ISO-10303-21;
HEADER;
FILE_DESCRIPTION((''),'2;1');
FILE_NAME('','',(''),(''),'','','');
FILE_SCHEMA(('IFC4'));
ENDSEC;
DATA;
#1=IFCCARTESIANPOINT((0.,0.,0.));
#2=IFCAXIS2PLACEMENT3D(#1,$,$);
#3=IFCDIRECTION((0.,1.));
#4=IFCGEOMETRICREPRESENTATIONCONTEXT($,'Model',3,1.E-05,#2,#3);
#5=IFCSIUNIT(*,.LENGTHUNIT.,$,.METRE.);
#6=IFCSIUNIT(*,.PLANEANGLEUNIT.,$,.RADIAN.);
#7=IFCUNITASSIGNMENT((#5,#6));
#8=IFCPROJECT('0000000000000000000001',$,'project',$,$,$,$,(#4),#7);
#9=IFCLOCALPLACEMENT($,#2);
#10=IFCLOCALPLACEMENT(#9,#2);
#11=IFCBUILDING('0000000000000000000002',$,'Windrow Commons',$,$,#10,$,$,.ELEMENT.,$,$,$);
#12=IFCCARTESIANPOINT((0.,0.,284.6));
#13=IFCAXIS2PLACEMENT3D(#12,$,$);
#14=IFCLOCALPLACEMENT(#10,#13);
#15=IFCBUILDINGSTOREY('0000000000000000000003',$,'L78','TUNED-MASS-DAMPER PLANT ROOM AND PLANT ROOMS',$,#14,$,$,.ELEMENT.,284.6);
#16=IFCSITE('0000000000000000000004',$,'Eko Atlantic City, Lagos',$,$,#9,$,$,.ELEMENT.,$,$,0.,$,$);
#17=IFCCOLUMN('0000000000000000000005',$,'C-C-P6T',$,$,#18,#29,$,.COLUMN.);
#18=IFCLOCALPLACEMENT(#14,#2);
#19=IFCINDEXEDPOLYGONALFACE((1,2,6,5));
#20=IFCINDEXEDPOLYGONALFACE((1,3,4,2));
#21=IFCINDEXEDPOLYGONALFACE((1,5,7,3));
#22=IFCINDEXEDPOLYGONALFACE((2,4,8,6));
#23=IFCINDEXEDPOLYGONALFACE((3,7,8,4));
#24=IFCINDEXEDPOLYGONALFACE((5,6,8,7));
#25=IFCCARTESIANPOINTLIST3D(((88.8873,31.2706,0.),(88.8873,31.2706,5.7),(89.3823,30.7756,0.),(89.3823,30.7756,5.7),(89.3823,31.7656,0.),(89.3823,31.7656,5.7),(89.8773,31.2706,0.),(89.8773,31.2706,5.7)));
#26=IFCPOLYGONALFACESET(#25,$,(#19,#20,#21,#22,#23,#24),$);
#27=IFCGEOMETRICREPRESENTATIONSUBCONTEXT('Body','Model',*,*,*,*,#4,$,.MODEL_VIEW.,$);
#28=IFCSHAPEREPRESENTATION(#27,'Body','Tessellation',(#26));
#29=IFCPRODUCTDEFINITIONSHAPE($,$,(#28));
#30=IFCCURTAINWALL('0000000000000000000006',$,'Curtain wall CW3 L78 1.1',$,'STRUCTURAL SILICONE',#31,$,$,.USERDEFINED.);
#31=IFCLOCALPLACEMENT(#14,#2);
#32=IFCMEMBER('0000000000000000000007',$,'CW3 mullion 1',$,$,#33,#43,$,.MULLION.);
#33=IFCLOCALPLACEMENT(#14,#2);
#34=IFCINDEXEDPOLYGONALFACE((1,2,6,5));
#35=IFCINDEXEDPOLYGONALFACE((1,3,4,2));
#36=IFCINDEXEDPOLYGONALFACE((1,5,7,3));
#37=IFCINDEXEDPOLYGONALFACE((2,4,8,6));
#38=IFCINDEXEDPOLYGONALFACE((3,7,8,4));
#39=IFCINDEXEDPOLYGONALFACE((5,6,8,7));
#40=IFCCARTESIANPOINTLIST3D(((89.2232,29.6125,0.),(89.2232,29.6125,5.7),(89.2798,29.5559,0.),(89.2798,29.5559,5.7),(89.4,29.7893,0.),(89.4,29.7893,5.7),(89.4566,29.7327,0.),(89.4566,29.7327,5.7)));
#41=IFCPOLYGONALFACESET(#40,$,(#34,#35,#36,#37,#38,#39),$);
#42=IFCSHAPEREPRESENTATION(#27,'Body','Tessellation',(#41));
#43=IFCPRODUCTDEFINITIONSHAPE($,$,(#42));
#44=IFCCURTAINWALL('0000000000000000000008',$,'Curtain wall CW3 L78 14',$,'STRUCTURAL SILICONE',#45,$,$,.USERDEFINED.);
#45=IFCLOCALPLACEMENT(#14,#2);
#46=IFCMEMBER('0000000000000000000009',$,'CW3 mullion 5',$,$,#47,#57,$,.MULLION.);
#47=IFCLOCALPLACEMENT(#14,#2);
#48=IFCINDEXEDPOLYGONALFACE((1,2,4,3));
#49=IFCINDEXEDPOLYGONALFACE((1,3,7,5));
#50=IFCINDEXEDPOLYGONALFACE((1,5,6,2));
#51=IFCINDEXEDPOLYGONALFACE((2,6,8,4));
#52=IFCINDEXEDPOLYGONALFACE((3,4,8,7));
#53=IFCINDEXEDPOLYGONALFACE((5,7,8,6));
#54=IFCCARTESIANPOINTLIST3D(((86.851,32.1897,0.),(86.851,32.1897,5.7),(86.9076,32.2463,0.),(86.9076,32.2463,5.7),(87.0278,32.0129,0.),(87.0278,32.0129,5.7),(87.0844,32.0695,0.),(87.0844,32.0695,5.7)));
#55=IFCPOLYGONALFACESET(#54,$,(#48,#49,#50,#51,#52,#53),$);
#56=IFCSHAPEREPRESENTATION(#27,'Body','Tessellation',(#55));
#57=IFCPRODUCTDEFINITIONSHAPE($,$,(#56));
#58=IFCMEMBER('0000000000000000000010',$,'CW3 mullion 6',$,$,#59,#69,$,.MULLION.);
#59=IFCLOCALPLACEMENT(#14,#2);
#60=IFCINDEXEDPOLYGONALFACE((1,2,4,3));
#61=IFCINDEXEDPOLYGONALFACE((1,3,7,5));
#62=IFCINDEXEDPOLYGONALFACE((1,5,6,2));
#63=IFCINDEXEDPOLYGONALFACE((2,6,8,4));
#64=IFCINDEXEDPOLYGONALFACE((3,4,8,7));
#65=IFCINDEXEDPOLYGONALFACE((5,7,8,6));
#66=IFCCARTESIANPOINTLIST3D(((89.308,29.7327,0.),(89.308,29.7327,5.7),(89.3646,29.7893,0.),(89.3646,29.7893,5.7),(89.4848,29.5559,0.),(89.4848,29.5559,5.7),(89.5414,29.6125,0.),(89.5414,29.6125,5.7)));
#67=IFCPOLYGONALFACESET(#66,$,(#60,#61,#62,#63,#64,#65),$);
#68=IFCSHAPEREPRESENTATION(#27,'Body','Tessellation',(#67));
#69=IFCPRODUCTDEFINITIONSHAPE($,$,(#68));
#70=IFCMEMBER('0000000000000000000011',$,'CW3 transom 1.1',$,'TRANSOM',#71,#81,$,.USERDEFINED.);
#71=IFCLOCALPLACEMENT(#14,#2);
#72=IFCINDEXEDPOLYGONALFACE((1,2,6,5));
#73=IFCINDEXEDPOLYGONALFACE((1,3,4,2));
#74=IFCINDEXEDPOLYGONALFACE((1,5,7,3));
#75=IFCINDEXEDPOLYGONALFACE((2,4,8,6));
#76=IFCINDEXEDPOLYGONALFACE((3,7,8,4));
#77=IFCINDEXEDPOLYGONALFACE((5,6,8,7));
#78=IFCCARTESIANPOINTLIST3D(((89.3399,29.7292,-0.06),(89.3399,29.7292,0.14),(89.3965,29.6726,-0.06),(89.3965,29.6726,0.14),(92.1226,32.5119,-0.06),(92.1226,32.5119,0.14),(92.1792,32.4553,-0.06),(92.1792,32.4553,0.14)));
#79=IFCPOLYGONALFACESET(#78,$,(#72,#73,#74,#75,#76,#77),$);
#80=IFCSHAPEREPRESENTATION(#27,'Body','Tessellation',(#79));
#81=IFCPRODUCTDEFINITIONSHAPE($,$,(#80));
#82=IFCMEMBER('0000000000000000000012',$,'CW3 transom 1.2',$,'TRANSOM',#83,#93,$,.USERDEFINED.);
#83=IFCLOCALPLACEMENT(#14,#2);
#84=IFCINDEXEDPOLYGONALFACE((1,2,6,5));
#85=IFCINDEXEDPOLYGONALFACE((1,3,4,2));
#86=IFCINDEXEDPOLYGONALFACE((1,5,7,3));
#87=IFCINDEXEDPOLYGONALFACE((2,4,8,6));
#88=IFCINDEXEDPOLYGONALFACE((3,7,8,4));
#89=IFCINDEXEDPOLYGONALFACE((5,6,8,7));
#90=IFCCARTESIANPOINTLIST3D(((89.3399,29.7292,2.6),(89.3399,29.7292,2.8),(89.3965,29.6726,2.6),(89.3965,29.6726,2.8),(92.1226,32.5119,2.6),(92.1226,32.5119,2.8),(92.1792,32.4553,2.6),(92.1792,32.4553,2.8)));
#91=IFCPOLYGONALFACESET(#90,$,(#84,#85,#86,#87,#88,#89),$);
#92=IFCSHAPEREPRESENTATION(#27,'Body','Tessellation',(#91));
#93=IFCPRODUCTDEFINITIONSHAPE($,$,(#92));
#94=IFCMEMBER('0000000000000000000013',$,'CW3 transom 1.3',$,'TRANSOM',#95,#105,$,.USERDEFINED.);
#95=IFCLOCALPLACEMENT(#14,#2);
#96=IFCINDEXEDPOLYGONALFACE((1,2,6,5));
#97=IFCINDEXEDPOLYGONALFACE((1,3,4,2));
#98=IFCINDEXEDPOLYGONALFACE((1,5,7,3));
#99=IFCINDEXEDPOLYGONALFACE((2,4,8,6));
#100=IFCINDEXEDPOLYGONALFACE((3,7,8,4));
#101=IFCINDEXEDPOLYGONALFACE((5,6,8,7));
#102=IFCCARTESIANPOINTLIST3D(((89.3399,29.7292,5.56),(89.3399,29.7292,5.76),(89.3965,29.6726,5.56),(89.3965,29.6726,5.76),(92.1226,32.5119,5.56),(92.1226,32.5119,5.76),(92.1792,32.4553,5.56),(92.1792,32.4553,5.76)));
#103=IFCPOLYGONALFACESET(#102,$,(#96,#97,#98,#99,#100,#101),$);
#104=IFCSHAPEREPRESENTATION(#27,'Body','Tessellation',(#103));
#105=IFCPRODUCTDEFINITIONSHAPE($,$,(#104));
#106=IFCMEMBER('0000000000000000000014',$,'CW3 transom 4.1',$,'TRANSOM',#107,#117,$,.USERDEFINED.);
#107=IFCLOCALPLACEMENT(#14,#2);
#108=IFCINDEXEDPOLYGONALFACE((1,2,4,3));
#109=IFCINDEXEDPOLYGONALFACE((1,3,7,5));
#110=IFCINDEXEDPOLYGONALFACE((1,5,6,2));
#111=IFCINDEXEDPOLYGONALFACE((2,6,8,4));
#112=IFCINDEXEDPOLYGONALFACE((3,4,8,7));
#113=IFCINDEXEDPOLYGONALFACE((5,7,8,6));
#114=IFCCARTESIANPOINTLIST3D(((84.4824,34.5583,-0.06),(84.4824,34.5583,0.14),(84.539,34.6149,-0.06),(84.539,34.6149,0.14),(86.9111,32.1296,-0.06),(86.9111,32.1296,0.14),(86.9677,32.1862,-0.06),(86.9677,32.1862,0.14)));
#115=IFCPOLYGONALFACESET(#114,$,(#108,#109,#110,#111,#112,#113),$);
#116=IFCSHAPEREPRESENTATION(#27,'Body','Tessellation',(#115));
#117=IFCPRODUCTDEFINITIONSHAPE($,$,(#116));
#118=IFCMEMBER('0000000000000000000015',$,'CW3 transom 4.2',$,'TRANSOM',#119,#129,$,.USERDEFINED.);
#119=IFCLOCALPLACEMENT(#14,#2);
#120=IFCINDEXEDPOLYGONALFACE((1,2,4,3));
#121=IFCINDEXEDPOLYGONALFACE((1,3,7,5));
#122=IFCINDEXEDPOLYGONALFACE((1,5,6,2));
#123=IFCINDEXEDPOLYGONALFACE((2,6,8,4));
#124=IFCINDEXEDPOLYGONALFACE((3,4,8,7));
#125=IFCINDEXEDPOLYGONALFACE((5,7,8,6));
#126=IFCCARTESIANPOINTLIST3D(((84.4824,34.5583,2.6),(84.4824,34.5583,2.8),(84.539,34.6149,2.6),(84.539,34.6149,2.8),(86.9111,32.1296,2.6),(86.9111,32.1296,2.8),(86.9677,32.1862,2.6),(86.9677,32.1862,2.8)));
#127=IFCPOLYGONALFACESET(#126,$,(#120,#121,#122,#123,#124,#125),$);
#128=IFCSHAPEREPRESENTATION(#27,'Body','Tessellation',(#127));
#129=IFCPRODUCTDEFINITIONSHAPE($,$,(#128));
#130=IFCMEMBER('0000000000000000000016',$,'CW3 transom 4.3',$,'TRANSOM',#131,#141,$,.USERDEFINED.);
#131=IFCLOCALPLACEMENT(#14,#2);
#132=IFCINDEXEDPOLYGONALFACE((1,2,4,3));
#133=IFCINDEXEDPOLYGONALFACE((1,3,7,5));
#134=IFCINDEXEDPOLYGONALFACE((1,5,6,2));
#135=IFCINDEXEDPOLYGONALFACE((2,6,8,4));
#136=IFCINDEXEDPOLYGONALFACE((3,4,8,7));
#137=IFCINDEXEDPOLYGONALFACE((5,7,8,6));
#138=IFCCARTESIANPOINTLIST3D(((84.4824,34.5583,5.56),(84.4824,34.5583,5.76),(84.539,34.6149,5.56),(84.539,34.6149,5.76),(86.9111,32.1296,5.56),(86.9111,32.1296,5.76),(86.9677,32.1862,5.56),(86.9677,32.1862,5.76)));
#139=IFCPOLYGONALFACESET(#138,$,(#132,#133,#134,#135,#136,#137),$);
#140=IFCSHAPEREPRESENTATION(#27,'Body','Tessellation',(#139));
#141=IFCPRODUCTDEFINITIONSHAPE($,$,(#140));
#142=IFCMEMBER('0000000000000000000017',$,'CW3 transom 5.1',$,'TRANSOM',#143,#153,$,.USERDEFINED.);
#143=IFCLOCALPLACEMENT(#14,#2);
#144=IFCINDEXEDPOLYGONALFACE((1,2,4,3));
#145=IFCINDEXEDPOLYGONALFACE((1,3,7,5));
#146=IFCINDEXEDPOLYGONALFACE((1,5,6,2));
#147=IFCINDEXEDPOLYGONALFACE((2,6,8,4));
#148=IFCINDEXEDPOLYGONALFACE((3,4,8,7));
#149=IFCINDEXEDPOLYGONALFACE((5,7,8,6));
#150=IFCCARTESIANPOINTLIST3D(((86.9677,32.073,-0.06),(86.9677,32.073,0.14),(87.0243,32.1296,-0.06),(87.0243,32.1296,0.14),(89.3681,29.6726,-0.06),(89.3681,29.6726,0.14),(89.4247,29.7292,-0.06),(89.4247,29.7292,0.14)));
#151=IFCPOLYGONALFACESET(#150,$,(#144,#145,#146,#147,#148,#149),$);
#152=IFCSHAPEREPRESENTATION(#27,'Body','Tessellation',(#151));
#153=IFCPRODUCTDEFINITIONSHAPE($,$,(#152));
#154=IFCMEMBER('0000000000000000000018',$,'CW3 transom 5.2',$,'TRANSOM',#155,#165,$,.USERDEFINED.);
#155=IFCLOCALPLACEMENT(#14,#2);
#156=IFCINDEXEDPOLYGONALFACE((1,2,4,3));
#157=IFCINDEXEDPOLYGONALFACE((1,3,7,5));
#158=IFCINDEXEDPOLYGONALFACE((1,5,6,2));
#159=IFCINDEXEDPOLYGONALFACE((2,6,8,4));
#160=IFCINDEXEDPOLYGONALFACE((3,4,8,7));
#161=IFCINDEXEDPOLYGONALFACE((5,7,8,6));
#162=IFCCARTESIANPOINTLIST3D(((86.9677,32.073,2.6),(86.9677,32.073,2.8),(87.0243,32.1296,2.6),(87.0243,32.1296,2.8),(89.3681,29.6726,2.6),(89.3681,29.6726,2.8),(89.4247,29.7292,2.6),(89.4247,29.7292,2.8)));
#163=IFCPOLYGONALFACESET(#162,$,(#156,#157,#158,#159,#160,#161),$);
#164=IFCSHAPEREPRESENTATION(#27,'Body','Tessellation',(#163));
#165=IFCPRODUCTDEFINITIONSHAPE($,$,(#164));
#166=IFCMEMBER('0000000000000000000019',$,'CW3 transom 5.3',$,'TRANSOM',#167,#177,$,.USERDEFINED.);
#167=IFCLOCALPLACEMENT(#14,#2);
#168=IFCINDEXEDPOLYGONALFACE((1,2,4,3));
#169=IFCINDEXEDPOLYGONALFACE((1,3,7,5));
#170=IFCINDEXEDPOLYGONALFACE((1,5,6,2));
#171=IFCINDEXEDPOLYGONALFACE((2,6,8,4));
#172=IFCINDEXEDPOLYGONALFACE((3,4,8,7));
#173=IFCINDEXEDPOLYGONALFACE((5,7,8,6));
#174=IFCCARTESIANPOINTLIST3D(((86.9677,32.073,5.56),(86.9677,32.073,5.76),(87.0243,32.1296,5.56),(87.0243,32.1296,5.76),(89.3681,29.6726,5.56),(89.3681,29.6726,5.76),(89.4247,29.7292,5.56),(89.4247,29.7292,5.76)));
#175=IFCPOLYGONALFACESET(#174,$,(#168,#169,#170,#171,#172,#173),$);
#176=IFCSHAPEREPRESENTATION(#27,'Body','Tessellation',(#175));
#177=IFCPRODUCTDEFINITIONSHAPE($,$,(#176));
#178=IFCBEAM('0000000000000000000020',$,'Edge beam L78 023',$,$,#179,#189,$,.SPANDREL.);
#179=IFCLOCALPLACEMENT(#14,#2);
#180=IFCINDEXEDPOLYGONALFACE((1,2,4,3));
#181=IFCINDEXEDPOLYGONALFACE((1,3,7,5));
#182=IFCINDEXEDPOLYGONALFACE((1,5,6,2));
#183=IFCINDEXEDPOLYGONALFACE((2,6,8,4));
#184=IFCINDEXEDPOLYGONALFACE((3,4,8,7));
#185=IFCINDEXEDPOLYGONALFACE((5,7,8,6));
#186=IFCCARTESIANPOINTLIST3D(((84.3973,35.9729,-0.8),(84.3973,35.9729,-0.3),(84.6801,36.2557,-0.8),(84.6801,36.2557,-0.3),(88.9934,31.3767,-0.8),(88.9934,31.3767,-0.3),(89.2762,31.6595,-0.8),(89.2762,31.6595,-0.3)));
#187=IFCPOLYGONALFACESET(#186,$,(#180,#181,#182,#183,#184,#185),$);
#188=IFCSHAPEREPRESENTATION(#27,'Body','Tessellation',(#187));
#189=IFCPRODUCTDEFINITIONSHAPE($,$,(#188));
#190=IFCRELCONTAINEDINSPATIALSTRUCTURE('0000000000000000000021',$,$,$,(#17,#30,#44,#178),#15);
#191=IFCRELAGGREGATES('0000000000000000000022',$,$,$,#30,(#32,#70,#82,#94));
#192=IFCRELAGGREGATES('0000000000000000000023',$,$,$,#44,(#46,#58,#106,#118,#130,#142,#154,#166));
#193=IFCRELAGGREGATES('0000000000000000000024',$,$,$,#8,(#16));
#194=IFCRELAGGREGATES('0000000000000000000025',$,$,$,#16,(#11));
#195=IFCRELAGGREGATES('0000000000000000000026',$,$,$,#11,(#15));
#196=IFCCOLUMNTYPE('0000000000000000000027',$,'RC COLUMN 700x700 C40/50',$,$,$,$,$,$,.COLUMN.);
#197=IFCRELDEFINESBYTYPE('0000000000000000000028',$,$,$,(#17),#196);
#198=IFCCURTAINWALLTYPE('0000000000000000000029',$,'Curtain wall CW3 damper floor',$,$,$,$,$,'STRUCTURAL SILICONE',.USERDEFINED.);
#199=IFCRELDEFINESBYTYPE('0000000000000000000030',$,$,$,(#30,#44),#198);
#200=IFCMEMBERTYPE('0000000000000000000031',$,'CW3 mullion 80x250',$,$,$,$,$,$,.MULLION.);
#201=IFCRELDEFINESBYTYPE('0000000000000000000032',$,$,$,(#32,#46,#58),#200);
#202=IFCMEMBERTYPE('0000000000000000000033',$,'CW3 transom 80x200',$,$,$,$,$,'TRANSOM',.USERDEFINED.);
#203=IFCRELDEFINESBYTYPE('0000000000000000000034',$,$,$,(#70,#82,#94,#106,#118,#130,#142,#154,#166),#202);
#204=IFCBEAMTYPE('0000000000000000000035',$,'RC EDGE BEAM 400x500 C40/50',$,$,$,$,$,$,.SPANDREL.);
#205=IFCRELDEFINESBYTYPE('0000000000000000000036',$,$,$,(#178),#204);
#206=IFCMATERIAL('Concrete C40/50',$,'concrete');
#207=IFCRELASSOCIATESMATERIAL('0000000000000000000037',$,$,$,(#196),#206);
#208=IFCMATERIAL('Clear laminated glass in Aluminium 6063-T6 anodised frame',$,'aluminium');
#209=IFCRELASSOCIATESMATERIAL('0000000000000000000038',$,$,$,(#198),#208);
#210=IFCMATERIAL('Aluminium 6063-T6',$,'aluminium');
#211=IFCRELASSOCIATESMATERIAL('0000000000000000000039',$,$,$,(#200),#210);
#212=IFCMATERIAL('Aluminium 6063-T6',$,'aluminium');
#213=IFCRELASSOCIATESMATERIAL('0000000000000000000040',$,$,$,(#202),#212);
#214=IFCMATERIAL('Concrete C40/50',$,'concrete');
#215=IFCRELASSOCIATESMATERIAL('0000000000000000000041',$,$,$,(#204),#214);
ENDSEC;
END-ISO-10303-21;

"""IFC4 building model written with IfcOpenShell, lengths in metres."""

from ifc_helpers import new_model, si_unit, direction, frame, origin, origin_2d, place, context, subcontext, project, spatial, rectangle, extrude, material, material_profile, profile_set, type_object, element, aggregate, save


model = new_model("IFC4")

# Units and contexts
model_context = context("Model", 3, precision=1e-05, world=origin(), true_north=direction((0.0, 1.0)))
body_context = subcontext(model_context, "Body", "Model", "MODEL_VIEW")
ifc_project = project(units=[si_unit("LENGTHUNIT", "METRE"), si_unit("PLANEANGLEUNIT", "RADIAN")], contexts=[model_context])

# Site, building, storey
site_placement = place(None, origin())
site = spatial("IfcSite", under=ifc_project, at=site_placement, Name="Eko Atlantic City, Lagos", CompositionType="ELEMENT", RefElevation=0.0)
building_placement = place(site_placement, origin())
building = spatial("IfcBuilding", under=site, at=building_placement, Name="Windrow Commons", CompositionType="ELEMENT")
storey_placement = place(building_placement, frame((0.0, 0.0, 284.6)))
storey = spatial("IfcBuildingStorey", under=building, at=storey_placement, Name="L78", Description="TUNED-MASS-DAMPER PLANT ROOM AND PLANT ROOMS", CompositionType="ELEMENT", Elevation=284.6)

# Column
ifc_material_1 = material(Name="Concrete C40/50", Category="concrete")
ifc_material_profile_1 = material_profile(ifc_material_1, rectangle(XDim=0.7, YDim=0.7, at=origin_2d()))
ifc_profile_set_1 = profile_set([ifc_material_profile_1], Name="Concrete C40/50")
column_type = type_object("IfcColumnType", Name="RC COLUMN 700x700 C40/50", PredefinedType="COLUMN", material=ifc_profile_set_1)
column_placement = place(storey_placement, frame((89.3823, 31.2706, 0.0), z_axis=(0.0, 0.0, 1.0), x_axis=(0.707107, -0.707107, 0.0)))
element("IfcColumn", 1, at=column_placement, inside=storey, type_object=column_type, Name="C-C-P6T", PredefinedType="COLUMN", context=body_context, shape_type="SweptSolid", body=[
    extrude(rectangle(XDim=0.7, YDim=0.7, at=origin_2d()), origin(), (0.0, 0.0, 1.0), 5.7),
])

# Curtain wall, member
ifc_material_2 = material(Name="Clear laminated glass in Aluminium 6063-T6 anodised frame", Category="aluminium")
curtain_wall_type = type_object("IfcCurtainWallType", Name="Curtain wall CW3 damper floor", ElementType="STRUCTURAL SILICONE", PredefinedType="USERDEFINED", material=ifc_material_2)
placement = place(storey_placement, origin())
curtain_wall_1 = element("IfcCurtainWall", 2, at=placement, inside=storey, type_object=curtain_wall_type, Name="Curtain wall CW3 L78 1.1", ObjectType="STRUCTURAL SILICONE", PredefinedType="USERDEFINED")
ifc_material_3 = material(Name="Aluminium 6063-T6", Category="aluminium")
ifc_material_profile_2 = material_profile(ifc_material_3, rectangle(XDim=0.08, YDim=0.25, at=origin_2d()))
ifc_profile_set_2 = profile_set([ifc_material_profile_2], Name="Aluminium 6063-T6")
member_type_1 = type_object("IfcMemberType", Name="CW3 mullion 80x250", PredefinedType="MULLION", material=ifc_profile_set_2)
member_1_placement = place(storey_placement, frame((89.3399, 29.6726, 0.0), z_axis=(0.0, 0.0, 1.0), x_axis=(-0.707104, 0.707109, 0.0)))
member_1 = element("IfcMember", 3, at=member_1_placement, type_object=member_type_1, Name="CW3 mullion 1", PredefinedType="MULLION", context=body_context, shape_type="SweptSolid", body=[
    extrude(rectangle(XDim=0.08, YDim=0.25, at=origin_2d()), origin(), (0.0, 0.0, 1.0), 5.7),
])

# Curtain wall, members
curtain_wall_2 = element("IfcCurtainWall", 4, at=placement, inside=storey, type_object=curtain_wall_type, Name="Curtain wall CW3 L78 14", ObjectType="STRUCTURAL SILICONE", PredefinedType="USERDEFINED")
member_2_placement = place(storey_placement, frame((86.9677, 32.1296, 0.0), z_axis=(0.0, 0.0, 1.0), x_axis=(0.707107, 0.707107, 0.0)))
member_2 = element("IfcMember", 5, at=member_2_placement, type_object=member_type_1, Name="CW3 mullion 5", PredefinedType="MULLION", context=body_context, shape_type="SweptSolid", body=[
    extrude(rectangle(XDim=0.08, YDim=0.25, at=origin_2d()), origin(), (0.0, 0.0, 1.0), 5.7),
])
member_3_placement = place(storey_placement, frame((89.4247, 29.6726, 0.0), z_axis=(0.0, 0.0, 1.0), x_axis=(0.707107, 0.707107, 0.0)))
member_3 = element("IfcMember", 6, at=member_3_placement, type_object=member_type_1, Name="CW3 mullion 6", PredefinedType="MULLION", context=body_context, shape_type="SweptSolid", body=[
    extrude(rectangle(XDim=0.08, YDim=0.25, at=origin_2d()), origin(), (0.0, 0.0, 1.0), 5.7),
])

# Members
ifc_material_4 = material(Name="Aluminium 6063-T6", Category="aluminium")
ifc_material_profile_3 = material_profile(ifc_material_4, rectangle(XDim=0.08, YDim=0.2, at=origin_2d()))
ifc_profile_set_3 = profile_set([ifc_material_profile_3], Name="Aluminium 6063-T6")
member_type_2 = type_object("IfcMemberType", Name="CW3 transom 80x200", ElementType="TRANSOM", PredefinedType="USERDEFINED", material=ifc_profile_set_3)
member_4_placement = place(storey_placement, frame((89.3682, 29.7009, 0.04), z_axis=(0.707107, 0.707107, 0.0), x_axis=(-0.707107, 0.707107, 0.0)))
member_4 = element("IfcMember", 7, at=member_4_placement, type_object=member_type_2, Name="CW3 transom 1.1", ObjectType="TRANSOM", PredefinedType="USERDEFINED", context=body_context, shape_type="SweptSolid", body=[
    extrude(rectangle(XDim=0.08, YDim=0.2, at=origin_2d()), origin(), (0.0, 0.0, 1.0), 3.9353),
])
member_5_placement = place(storey_placement, frame((89.3682, 29.7009, 2.7), z_axis=(0.707107, 0.707107, 0.0), x_axis=(-0.707107, 0.707107, 0.0)))
member_5 = element("IfcMember", 8, at=member_5_placement, type_object=member_type_2, Name="CW3 transom 1.2", ObjectType="TRANSOM", PredefinedType="USERDEFINED", context=body_context, shape_type="SweptSolid", body=[
    extrude(rectangle(XDim=0.08, YDim=0.2, at=origin_2d()), origin(), (0.0, 0.0, 1.0), 3.9353),
])
member_6_placement = place(storey_placement, frame((89.3682, 29.7009, 5.66), z_axis=(0.707107, 0.707107, 0.0), x_axis=(-0.707107, 0.707107, 0.0)))
member_6 = element("IfcMember", 9, at=member_6_placement, type_object=member_type_2, Name="CW3 transom 1.3", ObjectType="TRANSOM", PredefinedType="USERDEFINED", context=body_context, shape_type="SweptSolid", body=[
    extrude(rectangle(XDim=0.08, YDim=0.2, at=origin_2d()), origin(), (0.0, 0.0, 1.0), 3.9353),
])
aggregate(curtain_wall_1, [member_1, member_4, member_5, member_6])
member_7_placement = place(storey_placement, frame((84.5107, 34.5866, 0.04), z_axis=(0.707107, -0.707107, 0.0), x_axis=(0.707107, 0.707107, 0.0)))
member_7 = element("IfcMember", 10, at=member_7_placement, type_object=member_type_2, Name="CW3 transom 4.1", ObjectType="TRANSOM", PredefinedType="USERDEFINED", context=body_context, shape_type="SweptSolid", body=[
    extrude(rectangle(XDim=0.08, YDim=0.2, at=origin_2d()), origin(), (0.0, 0.0, 1.0), 3.4347),
])
member_8_placement = place(storey_placement, frame((84.5107, 34.5866, 2.7), z_axis=(0.707107, -0.707107, 0.0), x_axis=(0.707107, 0.707107, 0.0)))
member_8 = element("IfcMember", 11, at=member_8_placement, type_object=member_type_2, Name="CW3 transom 4.2", ObjectType="TRANSOM", PredefinedType="USERDEFINED", context=body_context, shape_type="SweptSolid", body=[
    extrude(rectangle(XDim=0.08, YDim=0.2, at=origin_2d()), origin(), (0.0, 0.0, 1.0), 3.4347),
])
member_9_placement = place(storey_placement, frame((84.5107, 34.5866, 5.66), z_axis=(0.707107, -0.707107, 0.0), x_axis=(0.707107, 0.707107, 0.0)))
member_9 = element("IfcMember", 12, at=member_9_placement, type_object=member_type_2, Name="CW3 transom 4.3", ObjectType="TRANSOM", PredefinedType="USERDEFINED", context=body_context, shape_type="SweptSolid", body=[
    extrude(rectangle(XDim=0.08, YDim=0.2, at=origin_2d()), origin(), (0.0, 0.0, 1.0), 3.4347),
])
member_10_placement = place(storey_placement, frame((86.996, 32.1013, 0.04), z_axis=(0.707107, -0.707107, 0.0), x_axis=(0.707107, 0.707107, 0.0)))
member_10 = element("IfcMember", 13, at=member_10_placement, type_object=member_type_2, Name="CW3 transom 5.1", ObjectType="TRANSOM", PredefinedType="USERDEFINED", context=body_context, shape_type="SweptSolid", body=[
    extrude(rectangle(XDim=0.08, YDim=0.2, at=origin_2d()), origin(), (0.0, 0.0, 1.0), 3.3947),
])
member_11_placement = place(storey_placement, frame((86.996, 32.1013, 2.7), z_axis=(0.707107, -0.707107, 0.0), x_axis=(0.707107, 0.707107, 0.0)))
member_11 = element("IfcMember", 14, at=member_11_placement, type_object=member_type_2, Name="CW3 transom 5.2", ObjectType="TRANSOM", PredefinedType="USERDEFINED", context=body_context, shape_type="SweptSolid", body=[
    extrude(rectangle(XDim=0.08, YDim=0.2, at=origin_2d()), origin(), (0.0, 0.0, 1.0), 3.3947),
])
member_12_placement = place(storey_placement, frame((86.996, 32.1013, 5.66), z_axis=(0.707107, -0.707107, 0.0), x_axis=(0.707107, 0.707107, 0.0)))
member_12 = element("IfcMember", 15, at=member_12_placement, type_object=member_type_2, Name="CW3 transom 5.3", ObjectType="TRANSOM", PredefinedType="USERDEFINED", context=body_context, shape_type="SweptSolid", body=[
    extrude(rectangle(XDim=0.08, YDim=0.2, at=origin_2d()), origin(), (0.0, 0.0, 1.0), 3.3947),
])

# Beam
ifc_material_5 = material(Name="Concrete C40/50", Category="concrete")
ifc_material_profile_4 = material_profile(ifc_material_5, rectangle(XDim=0.4, YDim=0.5, at=origin_2d()))
ifc_profile_set_4 = profile_set([ifc_material_profile_4], Name="Concrete C40/50")
beam_type = type_object("IfcBeamType", Name="RC EDGE BEAM 400x500 C40/50", PredefinedType="SPANDREL", material=ifc_profile_set_4)
beam_placement = place(storey_placement, frame((89.1348, 31.5181, -0.55), z_axis=(-0.707099, 0.707114, 0.0), x_axis=(-0.707114, -0.707099, 0.0)))
element("IfcBeam", 16, at=beam_placement, inside=storey, type_object=beam_type, Name="Edge beam L78 023", PredefinedType="SPANDREL", context=body_context, shape_type="SweptSolid", body=[
    extrude(rectangle(XDim=0.4, YDim=0.5, at=origin_2d()), origin(), (0.0, 0.0, 1.0), 6.4999),
])

aggregate(curtain_wall_2, [member_2, member_3, member_7, member_8, member_9, member_10, member_11, member_12])

save(model, "model.ifc")
